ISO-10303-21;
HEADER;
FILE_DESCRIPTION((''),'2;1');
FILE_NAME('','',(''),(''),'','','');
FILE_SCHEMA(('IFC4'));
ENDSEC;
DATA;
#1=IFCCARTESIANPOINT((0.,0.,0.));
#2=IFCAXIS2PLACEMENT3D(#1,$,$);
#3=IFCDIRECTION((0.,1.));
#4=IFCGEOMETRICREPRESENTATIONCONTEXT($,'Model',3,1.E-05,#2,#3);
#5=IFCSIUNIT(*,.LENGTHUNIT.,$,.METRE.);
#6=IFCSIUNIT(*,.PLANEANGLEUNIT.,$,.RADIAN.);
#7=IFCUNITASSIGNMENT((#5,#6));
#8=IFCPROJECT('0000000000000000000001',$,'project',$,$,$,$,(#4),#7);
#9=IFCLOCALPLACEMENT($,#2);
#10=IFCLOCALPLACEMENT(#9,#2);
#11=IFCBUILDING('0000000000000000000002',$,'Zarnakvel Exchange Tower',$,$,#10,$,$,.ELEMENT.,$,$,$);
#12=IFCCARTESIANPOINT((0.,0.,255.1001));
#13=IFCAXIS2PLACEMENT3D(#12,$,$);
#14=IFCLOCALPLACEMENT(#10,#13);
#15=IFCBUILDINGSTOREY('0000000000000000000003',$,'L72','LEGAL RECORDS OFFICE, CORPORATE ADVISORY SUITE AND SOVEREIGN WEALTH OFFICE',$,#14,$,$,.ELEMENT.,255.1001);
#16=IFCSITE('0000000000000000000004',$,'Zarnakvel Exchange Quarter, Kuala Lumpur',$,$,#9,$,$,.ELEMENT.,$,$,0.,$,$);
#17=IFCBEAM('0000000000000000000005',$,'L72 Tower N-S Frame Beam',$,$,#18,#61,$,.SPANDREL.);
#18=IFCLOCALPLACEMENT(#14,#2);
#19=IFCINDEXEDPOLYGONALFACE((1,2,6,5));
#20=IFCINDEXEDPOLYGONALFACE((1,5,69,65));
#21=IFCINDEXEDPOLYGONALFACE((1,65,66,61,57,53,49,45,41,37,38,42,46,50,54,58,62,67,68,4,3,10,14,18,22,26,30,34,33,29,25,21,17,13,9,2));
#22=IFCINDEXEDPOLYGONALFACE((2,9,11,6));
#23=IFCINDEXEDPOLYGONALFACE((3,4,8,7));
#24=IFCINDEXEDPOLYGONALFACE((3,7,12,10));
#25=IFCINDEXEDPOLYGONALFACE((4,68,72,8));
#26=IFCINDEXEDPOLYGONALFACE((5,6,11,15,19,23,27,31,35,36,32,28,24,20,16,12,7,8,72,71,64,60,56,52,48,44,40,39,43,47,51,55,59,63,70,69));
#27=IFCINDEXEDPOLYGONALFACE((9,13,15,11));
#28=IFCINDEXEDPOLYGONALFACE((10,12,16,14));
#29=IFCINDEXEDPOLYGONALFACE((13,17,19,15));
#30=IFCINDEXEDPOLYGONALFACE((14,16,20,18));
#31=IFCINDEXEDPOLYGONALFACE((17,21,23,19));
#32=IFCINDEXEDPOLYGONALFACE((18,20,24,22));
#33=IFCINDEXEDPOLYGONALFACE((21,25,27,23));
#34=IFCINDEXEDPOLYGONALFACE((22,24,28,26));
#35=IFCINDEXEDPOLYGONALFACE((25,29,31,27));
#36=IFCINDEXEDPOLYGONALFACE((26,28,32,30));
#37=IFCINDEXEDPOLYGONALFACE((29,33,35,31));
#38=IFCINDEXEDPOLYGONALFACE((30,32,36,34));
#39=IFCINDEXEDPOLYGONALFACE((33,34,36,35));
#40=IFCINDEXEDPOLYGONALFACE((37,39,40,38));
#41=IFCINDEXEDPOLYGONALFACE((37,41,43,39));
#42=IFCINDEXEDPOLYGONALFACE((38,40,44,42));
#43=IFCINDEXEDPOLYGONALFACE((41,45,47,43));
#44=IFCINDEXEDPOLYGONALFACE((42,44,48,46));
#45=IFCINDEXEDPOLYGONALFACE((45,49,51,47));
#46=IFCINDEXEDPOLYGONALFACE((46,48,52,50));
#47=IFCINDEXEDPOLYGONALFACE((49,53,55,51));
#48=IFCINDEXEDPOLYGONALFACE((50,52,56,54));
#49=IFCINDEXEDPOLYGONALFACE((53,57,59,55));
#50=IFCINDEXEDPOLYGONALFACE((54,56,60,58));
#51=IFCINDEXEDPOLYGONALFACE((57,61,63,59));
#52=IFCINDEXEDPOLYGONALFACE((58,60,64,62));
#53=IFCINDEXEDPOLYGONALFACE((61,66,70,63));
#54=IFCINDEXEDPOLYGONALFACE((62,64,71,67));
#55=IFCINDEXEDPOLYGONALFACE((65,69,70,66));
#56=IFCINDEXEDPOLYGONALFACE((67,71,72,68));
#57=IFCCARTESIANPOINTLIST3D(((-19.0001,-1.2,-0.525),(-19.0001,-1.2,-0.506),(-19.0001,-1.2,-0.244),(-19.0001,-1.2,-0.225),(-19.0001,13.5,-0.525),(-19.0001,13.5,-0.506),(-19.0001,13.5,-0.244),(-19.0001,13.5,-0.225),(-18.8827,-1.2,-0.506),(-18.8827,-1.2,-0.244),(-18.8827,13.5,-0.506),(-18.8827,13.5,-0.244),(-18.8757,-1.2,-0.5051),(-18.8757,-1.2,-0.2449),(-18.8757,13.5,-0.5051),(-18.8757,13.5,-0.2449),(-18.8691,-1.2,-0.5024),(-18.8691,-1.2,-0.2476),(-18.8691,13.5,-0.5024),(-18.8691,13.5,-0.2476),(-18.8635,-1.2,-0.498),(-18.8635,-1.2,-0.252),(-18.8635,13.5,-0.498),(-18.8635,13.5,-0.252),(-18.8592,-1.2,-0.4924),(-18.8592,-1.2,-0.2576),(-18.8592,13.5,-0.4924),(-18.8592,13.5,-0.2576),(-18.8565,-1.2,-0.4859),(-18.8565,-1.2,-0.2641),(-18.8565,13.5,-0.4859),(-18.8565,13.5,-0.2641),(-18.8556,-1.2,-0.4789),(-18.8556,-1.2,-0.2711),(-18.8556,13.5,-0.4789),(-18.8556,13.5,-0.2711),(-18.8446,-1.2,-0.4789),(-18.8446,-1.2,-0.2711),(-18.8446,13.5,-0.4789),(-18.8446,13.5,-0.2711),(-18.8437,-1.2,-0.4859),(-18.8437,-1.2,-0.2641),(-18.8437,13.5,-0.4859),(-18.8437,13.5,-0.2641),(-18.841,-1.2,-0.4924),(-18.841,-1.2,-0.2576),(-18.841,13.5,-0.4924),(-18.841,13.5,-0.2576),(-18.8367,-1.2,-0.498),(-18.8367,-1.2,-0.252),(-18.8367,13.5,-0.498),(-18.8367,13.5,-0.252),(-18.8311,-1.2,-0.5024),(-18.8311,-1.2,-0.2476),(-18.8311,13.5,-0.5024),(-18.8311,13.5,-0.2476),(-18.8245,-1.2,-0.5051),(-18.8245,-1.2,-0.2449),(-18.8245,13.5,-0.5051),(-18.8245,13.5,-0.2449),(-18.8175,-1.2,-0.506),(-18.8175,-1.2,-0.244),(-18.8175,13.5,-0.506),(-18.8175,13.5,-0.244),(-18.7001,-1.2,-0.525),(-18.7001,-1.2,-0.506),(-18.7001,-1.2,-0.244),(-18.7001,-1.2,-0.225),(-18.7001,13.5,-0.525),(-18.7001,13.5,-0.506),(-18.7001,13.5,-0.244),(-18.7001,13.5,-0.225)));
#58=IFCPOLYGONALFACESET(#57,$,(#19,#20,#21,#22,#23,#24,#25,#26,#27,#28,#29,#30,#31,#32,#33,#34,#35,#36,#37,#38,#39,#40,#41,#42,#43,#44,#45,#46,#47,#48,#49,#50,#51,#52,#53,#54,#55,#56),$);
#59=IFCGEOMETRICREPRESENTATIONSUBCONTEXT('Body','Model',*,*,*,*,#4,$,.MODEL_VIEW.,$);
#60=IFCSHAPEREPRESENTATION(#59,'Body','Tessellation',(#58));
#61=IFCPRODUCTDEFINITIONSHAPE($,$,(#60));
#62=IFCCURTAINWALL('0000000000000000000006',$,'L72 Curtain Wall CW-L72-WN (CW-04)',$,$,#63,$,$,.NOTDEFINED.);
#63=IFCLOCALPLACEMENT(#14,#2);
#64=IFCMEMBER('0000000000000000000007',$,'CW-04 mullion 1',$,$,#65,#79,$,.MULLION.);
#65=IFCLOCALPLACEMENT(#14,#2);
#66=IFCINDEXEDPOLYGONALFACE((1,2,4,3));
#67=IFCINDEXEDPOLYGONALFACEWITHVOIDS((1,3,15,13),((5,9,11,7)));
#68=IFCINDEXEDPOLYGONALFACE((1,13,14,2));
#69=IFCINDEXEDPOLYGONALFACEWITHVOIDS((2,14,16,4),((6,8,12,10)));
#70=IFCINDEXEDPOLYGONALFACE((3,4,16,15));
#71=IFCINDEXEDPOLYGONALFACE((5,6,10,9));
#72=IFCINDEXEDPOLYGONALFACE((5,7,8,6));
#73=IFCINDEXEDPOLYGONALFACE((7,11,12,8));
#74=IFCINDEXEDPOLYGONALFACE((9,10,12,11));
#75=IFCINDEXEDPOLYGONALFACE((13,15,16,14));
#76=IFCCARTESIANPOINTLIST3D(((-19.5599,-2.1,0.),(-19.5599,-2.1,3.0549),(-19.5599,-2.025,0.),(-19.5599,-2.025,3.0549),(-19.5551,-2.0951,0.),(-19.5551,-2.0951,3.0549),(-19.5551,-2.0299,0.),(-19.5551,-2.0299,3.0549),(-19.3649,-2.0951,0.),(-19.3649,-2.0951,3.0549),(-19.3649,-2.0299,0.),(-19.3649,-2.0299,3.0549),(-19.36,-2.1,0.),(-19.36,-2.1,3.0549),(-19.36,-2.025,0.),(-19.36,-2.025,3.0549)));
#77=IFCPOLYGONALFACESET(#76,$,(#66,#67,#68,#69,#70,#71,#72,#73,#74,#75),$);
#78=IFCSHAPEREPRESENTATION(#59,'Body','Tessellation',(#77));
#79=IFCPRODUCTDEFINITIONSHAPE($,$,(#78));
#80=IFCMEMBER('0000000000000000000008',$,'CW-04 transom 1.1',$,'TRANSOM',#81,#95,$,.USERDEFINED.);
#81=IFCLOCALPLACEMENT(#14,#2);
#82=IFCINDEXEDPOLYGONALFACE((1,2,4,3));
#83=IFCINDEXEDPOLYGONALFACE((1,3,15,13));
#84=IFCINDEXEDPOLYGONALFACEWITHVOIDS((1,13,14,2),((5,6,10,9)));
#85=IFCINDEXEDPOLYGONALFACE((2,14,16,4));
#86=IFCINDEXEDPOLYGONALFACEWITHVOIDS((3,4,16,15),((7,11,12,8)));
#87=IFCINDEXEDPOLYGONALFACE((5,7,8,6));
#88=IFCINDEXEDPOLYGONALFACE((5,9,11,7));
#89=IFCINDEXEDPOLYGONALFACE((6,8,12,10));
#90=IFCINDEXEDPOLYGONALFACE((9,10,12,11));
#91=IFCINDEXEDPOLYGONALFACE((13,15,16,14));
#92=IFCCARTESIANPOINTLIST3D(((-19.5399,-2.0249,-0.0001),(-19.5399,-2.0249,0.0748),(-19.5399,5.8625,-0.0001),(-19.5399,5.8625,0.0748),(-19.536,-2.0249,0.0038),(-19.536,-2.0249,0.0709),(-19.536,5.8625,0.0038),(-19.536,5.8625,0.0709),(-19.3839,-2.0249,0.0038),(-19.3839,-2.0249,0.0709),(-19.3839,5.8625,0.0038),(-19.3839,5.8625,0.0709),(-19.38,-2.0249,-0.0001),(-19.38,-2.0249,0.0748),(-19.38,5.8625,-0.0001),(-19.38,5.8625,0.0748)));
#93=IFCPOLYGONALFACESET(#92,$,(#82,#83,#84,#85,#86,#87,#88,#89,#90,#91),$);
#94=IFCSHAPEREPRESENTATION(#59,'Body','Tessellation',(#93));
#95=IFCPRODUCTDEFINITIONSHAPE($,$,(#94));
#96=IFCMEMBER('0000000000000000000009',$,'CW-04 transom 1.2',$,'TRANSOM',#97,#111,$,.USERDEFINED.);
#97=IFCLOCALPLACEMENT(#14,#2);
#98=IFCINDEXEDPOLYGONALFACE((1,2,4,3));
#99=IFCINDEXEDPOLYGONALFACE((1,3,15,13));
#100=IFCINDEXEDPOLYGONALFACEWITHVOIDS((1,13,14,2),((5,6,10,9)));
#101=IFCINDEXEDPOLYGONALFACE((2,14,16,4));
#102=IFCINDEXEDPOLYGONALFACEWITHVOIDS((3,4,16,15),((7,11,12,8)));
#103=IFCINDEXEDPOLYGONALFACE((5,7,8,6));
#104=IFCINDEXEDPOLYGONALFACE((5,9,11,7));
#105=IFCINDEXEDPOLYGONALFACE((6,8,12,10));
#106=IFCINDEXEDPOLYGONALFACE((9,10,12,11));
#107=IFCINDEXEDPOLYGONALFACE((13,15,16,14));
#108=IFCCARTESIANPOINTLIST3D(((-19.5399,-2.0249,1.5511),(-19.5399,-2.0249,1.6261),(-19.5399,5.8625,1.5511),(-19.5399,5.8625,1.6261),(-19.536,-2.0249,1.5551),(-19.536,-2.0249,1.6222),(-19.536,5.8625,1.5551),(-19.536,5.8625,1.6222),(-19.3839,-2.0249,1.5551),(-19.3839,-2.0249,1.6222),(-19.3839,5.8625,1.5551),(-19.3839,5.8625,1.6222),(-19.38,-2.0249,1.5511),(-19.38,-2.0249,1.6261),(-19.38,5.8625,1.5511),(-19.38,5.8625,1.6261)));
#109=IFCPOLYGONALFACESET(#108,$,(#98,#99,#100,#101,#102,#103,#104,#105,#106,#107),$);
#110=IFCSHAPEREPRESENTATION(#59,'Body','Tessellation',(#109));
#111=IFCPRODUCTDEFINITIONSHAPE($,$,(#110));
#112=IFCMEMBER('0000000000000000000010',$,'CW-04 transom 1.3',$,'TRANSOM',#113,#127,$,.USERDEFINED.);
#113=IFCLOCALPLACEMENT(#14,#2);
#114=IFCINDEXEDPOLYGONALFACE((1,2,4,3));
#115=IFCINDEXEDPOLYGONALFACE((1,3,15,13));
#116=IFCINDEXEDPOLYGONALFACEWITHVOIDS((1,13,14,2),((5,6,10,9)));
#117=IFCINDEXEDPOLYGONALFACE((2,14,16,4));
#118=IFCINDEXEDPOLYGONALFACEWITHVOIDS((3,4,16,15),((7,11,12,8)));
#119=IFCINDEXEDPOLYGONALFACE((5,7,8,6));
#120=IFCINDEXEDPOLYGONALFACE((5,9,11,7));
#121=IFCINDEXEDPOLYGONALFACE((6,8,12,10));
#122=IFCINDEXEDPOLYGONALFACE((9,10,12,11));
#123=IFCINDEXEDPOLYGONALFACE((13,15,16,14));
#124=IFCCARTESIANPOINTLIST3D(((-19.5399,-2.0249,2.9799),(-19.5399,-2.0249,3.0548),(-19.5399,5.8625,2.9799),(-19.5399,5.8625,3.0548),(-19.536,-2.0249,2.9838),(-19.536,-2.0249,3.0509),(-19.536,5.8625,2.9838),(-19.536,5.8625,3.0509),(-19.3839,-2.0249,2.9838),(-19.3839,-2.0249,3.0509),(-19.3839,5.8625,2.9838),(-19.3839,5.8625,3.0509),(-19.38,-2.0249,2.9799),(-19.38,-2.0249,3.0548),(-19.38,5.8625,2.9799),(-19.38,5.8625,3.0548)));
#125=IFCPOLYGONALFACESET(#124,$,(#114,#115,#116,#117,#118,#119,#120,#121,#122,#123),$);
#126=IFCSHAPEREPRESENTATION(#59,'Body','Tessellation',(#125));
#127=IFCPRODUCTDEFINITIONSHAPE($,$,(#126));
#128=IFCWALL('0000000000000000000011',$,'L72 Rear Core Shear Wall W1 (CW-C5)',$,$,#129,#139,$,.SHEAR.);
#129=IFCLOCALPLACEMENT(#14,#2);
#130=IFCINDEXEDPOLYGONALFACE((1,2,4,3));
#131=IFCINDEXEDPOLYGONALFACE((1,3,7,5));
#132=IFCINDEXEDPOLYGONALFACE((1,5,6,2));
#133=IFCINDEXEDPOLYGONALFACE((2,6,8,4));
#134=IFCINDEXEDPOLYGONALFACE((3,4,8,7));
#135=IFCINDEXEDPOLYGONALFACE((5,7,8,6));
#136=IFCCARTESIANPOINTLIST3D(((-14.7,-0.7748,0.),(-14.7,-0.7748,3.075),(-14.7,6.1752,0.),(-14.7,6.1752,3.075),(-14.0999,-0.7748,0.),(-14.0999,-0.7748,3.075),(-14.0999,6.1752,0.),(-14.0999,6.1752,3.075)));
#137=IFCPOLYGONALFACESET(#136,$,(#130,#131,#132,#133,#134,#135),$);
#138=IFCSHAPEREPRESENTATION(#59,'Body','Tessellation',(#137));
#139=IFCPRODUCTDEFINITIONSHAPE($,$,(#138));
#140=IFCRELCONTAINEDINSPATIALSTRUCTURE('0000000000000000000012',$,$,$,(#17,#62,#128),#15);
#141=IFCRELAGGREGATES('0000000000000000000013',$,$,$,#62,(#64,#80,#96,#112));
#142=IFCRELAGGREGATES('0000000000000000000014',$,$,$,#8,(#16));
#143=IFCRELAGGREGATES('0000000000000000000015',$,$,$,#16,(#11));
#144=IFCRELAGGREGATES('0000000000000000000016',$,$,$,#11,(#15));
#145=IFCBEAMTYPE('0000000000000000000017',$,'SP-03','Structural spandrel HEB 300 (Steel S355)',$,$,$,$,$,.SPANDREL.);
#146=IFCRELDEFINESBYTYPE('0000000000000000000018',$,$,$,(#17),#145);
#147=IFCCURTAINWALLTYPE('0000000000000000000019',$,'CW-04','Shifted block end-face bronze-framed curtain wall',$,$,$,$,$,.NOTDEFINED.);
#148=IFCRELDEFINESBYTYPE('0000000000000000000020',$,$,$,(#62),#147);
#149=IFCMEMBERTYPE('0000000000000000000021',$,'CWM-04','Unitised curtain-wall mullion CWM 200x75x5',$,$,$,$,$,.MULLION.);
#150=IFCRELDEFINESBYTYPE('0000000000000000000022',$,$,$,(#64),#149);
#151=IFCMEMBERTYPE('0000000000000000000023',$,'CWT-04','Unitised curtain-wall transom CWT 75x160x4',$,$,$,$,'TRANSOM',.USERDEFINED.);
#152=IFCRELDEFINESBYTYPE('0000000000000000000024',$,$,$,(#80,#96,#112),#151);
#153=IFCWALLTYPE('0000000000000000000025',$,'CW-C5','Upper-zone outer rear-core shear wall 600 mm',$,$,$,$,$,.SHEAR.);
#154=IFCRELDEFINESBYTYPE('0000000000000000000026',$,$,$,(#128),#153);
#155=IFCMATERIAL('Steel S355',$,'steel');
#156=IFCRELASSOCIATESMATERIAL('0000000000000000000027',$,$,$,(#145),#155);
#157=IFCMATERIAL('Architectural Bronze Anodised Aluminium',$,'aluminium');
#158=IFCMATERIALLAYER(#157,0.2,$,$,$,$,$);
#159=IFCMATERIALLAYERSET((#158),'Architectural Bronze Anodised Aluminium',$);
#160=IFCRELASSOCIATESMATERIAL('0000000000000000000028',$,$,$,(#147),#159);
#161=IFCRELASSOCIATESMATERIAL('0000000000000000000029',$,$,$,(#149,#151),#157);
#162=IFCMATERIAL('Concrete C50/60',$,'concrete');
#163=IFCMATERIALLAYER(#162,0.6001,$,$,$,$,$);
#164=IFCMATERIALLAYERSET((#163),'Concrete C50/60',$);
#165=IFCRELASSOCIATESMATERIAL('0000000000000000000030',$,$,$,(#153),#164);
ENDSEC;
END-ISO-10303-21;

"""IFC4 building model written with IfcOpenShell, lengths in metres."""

from ifc_helpers import new_model, si_unit, direction, frame, frame_2d, origin, origin_2d, place, context, subcontext, project, spatial, rectangle, hollow_rectangle, i_section, extrude, source, transform, mapped, material, layer, layer_set, material_profile, profile_set, type_object, element, aggregate, save


model = new_model("IFC4")

# Units and contexts
model_context = context("Model", 3, precision=1e-05, world=origin(), true_north=direction((0.0, 1.0)))
body_context = subcontext(model_context, "Body", "Model", "MODEL_VIEW")
ifc_project = project(units=[si_unit("LENGTHUNIT", "METRE"), si_unit("PLANEANGLEUNIT", "RADIAN")], contexts=[model_context])

# Site, building, storey
site_placement = place(None, origin())
site = spatial("IfcSite", under=ifc_project, at=site_placement, Name="Zarnakvel Exchange Quarter, Kuala Lumpur", CompositionType="ELEMENT", RefElevation=0.0)
building_placement = place(site_placement, origin())
building = spatial("IfcBuilding", under=site, at=building_placement, Name="Zarnakvel Exchange Tower", CompositionType="ELEMENT")
storey_placement = place(building_placement, frame((0.0, 0.0, 255.1001)))
storey = spatial("IfcBuildingStorey", under=building, at=storey_placement, Name="L72", Description="LEGAL RECORDS OFFICE, CORPORATE ADVISORY SUITE AND SOVEREIGN WEALTH OFFICE", CompositionType="ELEMENT", Elevation=255.1001)

# Shared definitions
ifc_material_1 = material(Name="Concrete C50/60", Category="concrete")
ifc_material_2 = material(Name="Steel S355", Category="steel")

# Beam
ifc_material_profile_1 = material_profile(ifc_material_2, i_section(OverallWidth=0.3, OverallDepth=0.3, WebThickness=0.011, FlangeThickness=0.019, FilletRadius=0.0271, at=origin_2d()))
ifc_profile_set_1 = profile_set([ifc_material_profile_1], Name="Steel S355")
beam_type_1 = type_object("IfcBeamType", Name="SP-03", Description="Structural spandrel HEB 300 (Steel S355)", PredefinedType="SPANDREL", material=ifc_profile_set_1)
beam_1_placement = place(storey_placement, frame((-18.8501, -1.2, -0.375), z_axis=(0.0, 1.0, 0.0), x_axis=(-1.0, 0.0, 0.0)))
element("IfcBeam", 1, at=beam_1_placement, inside=storey, type_object=beam_type_1, Name="L72 Tower N-S Frame Beam", PredefinedType="SPANDREL", context=body_context, shape_type="SweptSolid", body=[
    extrude(i_section(OverallWidth=0.3, OverallDepth=0.3, WebThickness=0.011, FlangeThickness=0.019, FilletRadius=0.0271, at=origin_2d()), origin(), (0.0, 0.0, 1.0), 14.7),
])

# Curtain wall, members
ifc_material_3 = material(Name="Architectural Bronze Anodised Aluminium", Category="aluminium")
ifc_layer_1 = layer(ifc_material_3, 0.2)
ifc_layer_set_1 = layer_set([ifc_layer_1], Name="Architectural Bronze Anodised Aluminium")
curtain_wall_type = type_object("IfcCurtainWallType", Name="CW-04", Description="Shifted block end-face bronze-framed curtain wall", PredefinedType="NOTDEFINED", material=ifc_layer_set_1)
curtain_wall_placement = place(storey_placement, origin())
curtain_wall = element("IfcCurtainWall", 2, at=curtain_wall_placement, inside=storey, type_object=curtain_wall_type, Name="L72 Curtain Wall CW-L72-WN (CW-04)", PredefinedType="NOTDEFINED")
ifc_material_profile_2 = material_profile(ifc_material_3, hollow_rectangle(XDim=0.2, YDim=0.075, WallThickness=0.0049, at=origin_2d()))
ifc_profile_set_2 = profile_set([ifc_material_profile_2], Name="Architectural Bronze Anodised Aluminium")
member_type_1 = type_object("IfcMemberType", Name="CWM-04", Description="Unitised curtain-wall mullion CWM 200x75x5", PredefinedType="MULLION", material=ifc_profile_set_2)
shared_shape_1 = source(origin(), body_context, "Body", "SweptSolid", [
    extrude(hollow_rectangle(XDim=0.2, YDim=0.075, WallThickness=0.0049, at=origin_2d()), origin(), (0.0, 0.0, 1.0), 3.0549),
])
member_1_placement = place(storey_placement, frame((-19.46, -2.0625, 0.0), z_axis=(0.0, 0.0, 1.0), x_axis=(-1.0, 0.0, 0.0)))
member_1 = element("IfcMember", 3, at=member_1_placement, type_object=member_type_1, Name="CW-04 mullion 1", PredefinedType="MULLION", context=body_context, shape_type="MappedRepresentation", body=[
    mapped(shared_shape_1, transform((0.0, 0.0, 0.0), x_axis=(1.0, 0.0, 0.0), y_axis=(0.0, 1.0, 0.0), z_axis=(0.0, 0.0, 1.0), scale=1.0)),
])
ifc_material_profile_3 = material_profile(ifc_material_3, hollow_rectangle(XDim=0.1599, YDim=0.075, WallThickness=0.0039, at=origin_2d()))
ifc_profile_set_3 = profile_set([ifc_material_profile_3], Name="Architectural Bronze Anodised Aluminium")
member_type_2 = type_object("IfcMemberType", Name="CWT-04", Description="Unitised curtain-wall transom CWT 75x160x4", ElementType="TRANSOM", PredefinedType="USERDEFINED", material=ifc_profile_set_3)
shared_shape_2 = source(origin(), body_context, "Body", "SweptSolid", [
    extrude(hollow_rectangle(XDim=0.1599, YDim=0.075, WallThickness=0.0039, at=origin_2d()), origin(), (0.0, 0.0, 1.0), 7.8875),
])
member_2_placement = place(storey_placement, frame((-19.46, -2.0249, 0.0374), z_axis=(0.0, 1.0, 0.0), x_axis=(-1.0, 0.0, 0.0)))
member_2 = element("IfcMember", 4, at=member_2_placement, type_object=member_type_2, Name="CW-04 transom 1.1", ObjectType="TRANSOM", PredefinedType="USERDEFINED", context=body_context, shape_type="MappedRepresentation", body=[
    mapped(shared_shape_2, transform((0.0, 0.0, 0.0), x_axis=(1.0, 0.0, 0.0), y_axis=(0.0, 1.0, 0.0), z_axis=(0.0, 0.0, 1.0), scale=1.0)),
])
member_3_placement = place(storey_placement, frame((-19.46, -2.0249, 1.5886), z_axis=(0.0, 1.0, 0.0), x_axis=(-1.0, 0.0, 0.0)))
member_3 = element("IfcMember", 5, at=member_3_placement, type_object=member_type_2, Name="CW-04 transom 1.2", ObjectType="TRANSOM", PredefinedType="USERDEFINED", context=body_context, shape_type="MappedRepresentation", body=[
    mapped(shared_shape_2, transform((0.0, 0.0, 0.0), x_axis=(1.0, 0.0, 0.0), y_axis=(0.0, 1.0, 0.0), z_axis=(0.0, 0.0, 1.0), scale=1.0)),
])
member_4_placement = place(storey_placement, frame((-19.46, -2.0249, 3.0173), z_axis=(0.0, 1.0, 0.0), x_axis=(-1.0, 0.0, 0.0)))
member_4 = element("IfcMember", 6, at=member_4_placement, type_object=member_type_2, Name="CW-04 transom 1.3", ObjectType="TRANSOM", PredefinedType="USERDEFINED", context=body_context, shape_type="MappedRepresentation", body=[
    mapped(shared_shape_2, transform((0.0, 0.0, 0.0), x_axis=(1.0, 0.0, 0.0), y_axis=(0.0, 1.0, 0.0), z_axis=(0.0, 0.0, 1.0), scale=1.0)),
])
aggregate(curtain_wall, [member_1, member_2, member_3, member_4])

# Wall
ifc_layer_2 = layer(ifc_material_1, 0.6001)
ifc_layer_set_2 = layer_set([ifc_layer_2], Name="Concrete C50/60")
wall_type_1 = type_object("IfcWallType", Name="CW-C5", Description="Upper-zone outer rear-core shear wall 600 mm", PredefinedType="SHEAR", material=ifc_layer_set_2)
wall_1_placement = place(storey_placement, frame((-14.3999, -0.7749, 0.0), z_axis=(0.0, 0.0, 1.0), x_axis=(0.0, 1.0, 0.0)))
element("IfcWall", 7, at=wall_1_placement, inside=storey, type_object=wall_type_1, Name="L72 Rear Core Shear Wall W1 (CW-C5)", PredefinedType="SHEAR", context=body_context, shape_type="SweptSolid", body=[
    extrude(rectangle(XDim=6.95, YDim=0.6001, at=frame_2d((3.4751, 0.0))), origin(), (0.0, 0.0, 1.0), 3.075),
])

save(model, "model.ifc")
